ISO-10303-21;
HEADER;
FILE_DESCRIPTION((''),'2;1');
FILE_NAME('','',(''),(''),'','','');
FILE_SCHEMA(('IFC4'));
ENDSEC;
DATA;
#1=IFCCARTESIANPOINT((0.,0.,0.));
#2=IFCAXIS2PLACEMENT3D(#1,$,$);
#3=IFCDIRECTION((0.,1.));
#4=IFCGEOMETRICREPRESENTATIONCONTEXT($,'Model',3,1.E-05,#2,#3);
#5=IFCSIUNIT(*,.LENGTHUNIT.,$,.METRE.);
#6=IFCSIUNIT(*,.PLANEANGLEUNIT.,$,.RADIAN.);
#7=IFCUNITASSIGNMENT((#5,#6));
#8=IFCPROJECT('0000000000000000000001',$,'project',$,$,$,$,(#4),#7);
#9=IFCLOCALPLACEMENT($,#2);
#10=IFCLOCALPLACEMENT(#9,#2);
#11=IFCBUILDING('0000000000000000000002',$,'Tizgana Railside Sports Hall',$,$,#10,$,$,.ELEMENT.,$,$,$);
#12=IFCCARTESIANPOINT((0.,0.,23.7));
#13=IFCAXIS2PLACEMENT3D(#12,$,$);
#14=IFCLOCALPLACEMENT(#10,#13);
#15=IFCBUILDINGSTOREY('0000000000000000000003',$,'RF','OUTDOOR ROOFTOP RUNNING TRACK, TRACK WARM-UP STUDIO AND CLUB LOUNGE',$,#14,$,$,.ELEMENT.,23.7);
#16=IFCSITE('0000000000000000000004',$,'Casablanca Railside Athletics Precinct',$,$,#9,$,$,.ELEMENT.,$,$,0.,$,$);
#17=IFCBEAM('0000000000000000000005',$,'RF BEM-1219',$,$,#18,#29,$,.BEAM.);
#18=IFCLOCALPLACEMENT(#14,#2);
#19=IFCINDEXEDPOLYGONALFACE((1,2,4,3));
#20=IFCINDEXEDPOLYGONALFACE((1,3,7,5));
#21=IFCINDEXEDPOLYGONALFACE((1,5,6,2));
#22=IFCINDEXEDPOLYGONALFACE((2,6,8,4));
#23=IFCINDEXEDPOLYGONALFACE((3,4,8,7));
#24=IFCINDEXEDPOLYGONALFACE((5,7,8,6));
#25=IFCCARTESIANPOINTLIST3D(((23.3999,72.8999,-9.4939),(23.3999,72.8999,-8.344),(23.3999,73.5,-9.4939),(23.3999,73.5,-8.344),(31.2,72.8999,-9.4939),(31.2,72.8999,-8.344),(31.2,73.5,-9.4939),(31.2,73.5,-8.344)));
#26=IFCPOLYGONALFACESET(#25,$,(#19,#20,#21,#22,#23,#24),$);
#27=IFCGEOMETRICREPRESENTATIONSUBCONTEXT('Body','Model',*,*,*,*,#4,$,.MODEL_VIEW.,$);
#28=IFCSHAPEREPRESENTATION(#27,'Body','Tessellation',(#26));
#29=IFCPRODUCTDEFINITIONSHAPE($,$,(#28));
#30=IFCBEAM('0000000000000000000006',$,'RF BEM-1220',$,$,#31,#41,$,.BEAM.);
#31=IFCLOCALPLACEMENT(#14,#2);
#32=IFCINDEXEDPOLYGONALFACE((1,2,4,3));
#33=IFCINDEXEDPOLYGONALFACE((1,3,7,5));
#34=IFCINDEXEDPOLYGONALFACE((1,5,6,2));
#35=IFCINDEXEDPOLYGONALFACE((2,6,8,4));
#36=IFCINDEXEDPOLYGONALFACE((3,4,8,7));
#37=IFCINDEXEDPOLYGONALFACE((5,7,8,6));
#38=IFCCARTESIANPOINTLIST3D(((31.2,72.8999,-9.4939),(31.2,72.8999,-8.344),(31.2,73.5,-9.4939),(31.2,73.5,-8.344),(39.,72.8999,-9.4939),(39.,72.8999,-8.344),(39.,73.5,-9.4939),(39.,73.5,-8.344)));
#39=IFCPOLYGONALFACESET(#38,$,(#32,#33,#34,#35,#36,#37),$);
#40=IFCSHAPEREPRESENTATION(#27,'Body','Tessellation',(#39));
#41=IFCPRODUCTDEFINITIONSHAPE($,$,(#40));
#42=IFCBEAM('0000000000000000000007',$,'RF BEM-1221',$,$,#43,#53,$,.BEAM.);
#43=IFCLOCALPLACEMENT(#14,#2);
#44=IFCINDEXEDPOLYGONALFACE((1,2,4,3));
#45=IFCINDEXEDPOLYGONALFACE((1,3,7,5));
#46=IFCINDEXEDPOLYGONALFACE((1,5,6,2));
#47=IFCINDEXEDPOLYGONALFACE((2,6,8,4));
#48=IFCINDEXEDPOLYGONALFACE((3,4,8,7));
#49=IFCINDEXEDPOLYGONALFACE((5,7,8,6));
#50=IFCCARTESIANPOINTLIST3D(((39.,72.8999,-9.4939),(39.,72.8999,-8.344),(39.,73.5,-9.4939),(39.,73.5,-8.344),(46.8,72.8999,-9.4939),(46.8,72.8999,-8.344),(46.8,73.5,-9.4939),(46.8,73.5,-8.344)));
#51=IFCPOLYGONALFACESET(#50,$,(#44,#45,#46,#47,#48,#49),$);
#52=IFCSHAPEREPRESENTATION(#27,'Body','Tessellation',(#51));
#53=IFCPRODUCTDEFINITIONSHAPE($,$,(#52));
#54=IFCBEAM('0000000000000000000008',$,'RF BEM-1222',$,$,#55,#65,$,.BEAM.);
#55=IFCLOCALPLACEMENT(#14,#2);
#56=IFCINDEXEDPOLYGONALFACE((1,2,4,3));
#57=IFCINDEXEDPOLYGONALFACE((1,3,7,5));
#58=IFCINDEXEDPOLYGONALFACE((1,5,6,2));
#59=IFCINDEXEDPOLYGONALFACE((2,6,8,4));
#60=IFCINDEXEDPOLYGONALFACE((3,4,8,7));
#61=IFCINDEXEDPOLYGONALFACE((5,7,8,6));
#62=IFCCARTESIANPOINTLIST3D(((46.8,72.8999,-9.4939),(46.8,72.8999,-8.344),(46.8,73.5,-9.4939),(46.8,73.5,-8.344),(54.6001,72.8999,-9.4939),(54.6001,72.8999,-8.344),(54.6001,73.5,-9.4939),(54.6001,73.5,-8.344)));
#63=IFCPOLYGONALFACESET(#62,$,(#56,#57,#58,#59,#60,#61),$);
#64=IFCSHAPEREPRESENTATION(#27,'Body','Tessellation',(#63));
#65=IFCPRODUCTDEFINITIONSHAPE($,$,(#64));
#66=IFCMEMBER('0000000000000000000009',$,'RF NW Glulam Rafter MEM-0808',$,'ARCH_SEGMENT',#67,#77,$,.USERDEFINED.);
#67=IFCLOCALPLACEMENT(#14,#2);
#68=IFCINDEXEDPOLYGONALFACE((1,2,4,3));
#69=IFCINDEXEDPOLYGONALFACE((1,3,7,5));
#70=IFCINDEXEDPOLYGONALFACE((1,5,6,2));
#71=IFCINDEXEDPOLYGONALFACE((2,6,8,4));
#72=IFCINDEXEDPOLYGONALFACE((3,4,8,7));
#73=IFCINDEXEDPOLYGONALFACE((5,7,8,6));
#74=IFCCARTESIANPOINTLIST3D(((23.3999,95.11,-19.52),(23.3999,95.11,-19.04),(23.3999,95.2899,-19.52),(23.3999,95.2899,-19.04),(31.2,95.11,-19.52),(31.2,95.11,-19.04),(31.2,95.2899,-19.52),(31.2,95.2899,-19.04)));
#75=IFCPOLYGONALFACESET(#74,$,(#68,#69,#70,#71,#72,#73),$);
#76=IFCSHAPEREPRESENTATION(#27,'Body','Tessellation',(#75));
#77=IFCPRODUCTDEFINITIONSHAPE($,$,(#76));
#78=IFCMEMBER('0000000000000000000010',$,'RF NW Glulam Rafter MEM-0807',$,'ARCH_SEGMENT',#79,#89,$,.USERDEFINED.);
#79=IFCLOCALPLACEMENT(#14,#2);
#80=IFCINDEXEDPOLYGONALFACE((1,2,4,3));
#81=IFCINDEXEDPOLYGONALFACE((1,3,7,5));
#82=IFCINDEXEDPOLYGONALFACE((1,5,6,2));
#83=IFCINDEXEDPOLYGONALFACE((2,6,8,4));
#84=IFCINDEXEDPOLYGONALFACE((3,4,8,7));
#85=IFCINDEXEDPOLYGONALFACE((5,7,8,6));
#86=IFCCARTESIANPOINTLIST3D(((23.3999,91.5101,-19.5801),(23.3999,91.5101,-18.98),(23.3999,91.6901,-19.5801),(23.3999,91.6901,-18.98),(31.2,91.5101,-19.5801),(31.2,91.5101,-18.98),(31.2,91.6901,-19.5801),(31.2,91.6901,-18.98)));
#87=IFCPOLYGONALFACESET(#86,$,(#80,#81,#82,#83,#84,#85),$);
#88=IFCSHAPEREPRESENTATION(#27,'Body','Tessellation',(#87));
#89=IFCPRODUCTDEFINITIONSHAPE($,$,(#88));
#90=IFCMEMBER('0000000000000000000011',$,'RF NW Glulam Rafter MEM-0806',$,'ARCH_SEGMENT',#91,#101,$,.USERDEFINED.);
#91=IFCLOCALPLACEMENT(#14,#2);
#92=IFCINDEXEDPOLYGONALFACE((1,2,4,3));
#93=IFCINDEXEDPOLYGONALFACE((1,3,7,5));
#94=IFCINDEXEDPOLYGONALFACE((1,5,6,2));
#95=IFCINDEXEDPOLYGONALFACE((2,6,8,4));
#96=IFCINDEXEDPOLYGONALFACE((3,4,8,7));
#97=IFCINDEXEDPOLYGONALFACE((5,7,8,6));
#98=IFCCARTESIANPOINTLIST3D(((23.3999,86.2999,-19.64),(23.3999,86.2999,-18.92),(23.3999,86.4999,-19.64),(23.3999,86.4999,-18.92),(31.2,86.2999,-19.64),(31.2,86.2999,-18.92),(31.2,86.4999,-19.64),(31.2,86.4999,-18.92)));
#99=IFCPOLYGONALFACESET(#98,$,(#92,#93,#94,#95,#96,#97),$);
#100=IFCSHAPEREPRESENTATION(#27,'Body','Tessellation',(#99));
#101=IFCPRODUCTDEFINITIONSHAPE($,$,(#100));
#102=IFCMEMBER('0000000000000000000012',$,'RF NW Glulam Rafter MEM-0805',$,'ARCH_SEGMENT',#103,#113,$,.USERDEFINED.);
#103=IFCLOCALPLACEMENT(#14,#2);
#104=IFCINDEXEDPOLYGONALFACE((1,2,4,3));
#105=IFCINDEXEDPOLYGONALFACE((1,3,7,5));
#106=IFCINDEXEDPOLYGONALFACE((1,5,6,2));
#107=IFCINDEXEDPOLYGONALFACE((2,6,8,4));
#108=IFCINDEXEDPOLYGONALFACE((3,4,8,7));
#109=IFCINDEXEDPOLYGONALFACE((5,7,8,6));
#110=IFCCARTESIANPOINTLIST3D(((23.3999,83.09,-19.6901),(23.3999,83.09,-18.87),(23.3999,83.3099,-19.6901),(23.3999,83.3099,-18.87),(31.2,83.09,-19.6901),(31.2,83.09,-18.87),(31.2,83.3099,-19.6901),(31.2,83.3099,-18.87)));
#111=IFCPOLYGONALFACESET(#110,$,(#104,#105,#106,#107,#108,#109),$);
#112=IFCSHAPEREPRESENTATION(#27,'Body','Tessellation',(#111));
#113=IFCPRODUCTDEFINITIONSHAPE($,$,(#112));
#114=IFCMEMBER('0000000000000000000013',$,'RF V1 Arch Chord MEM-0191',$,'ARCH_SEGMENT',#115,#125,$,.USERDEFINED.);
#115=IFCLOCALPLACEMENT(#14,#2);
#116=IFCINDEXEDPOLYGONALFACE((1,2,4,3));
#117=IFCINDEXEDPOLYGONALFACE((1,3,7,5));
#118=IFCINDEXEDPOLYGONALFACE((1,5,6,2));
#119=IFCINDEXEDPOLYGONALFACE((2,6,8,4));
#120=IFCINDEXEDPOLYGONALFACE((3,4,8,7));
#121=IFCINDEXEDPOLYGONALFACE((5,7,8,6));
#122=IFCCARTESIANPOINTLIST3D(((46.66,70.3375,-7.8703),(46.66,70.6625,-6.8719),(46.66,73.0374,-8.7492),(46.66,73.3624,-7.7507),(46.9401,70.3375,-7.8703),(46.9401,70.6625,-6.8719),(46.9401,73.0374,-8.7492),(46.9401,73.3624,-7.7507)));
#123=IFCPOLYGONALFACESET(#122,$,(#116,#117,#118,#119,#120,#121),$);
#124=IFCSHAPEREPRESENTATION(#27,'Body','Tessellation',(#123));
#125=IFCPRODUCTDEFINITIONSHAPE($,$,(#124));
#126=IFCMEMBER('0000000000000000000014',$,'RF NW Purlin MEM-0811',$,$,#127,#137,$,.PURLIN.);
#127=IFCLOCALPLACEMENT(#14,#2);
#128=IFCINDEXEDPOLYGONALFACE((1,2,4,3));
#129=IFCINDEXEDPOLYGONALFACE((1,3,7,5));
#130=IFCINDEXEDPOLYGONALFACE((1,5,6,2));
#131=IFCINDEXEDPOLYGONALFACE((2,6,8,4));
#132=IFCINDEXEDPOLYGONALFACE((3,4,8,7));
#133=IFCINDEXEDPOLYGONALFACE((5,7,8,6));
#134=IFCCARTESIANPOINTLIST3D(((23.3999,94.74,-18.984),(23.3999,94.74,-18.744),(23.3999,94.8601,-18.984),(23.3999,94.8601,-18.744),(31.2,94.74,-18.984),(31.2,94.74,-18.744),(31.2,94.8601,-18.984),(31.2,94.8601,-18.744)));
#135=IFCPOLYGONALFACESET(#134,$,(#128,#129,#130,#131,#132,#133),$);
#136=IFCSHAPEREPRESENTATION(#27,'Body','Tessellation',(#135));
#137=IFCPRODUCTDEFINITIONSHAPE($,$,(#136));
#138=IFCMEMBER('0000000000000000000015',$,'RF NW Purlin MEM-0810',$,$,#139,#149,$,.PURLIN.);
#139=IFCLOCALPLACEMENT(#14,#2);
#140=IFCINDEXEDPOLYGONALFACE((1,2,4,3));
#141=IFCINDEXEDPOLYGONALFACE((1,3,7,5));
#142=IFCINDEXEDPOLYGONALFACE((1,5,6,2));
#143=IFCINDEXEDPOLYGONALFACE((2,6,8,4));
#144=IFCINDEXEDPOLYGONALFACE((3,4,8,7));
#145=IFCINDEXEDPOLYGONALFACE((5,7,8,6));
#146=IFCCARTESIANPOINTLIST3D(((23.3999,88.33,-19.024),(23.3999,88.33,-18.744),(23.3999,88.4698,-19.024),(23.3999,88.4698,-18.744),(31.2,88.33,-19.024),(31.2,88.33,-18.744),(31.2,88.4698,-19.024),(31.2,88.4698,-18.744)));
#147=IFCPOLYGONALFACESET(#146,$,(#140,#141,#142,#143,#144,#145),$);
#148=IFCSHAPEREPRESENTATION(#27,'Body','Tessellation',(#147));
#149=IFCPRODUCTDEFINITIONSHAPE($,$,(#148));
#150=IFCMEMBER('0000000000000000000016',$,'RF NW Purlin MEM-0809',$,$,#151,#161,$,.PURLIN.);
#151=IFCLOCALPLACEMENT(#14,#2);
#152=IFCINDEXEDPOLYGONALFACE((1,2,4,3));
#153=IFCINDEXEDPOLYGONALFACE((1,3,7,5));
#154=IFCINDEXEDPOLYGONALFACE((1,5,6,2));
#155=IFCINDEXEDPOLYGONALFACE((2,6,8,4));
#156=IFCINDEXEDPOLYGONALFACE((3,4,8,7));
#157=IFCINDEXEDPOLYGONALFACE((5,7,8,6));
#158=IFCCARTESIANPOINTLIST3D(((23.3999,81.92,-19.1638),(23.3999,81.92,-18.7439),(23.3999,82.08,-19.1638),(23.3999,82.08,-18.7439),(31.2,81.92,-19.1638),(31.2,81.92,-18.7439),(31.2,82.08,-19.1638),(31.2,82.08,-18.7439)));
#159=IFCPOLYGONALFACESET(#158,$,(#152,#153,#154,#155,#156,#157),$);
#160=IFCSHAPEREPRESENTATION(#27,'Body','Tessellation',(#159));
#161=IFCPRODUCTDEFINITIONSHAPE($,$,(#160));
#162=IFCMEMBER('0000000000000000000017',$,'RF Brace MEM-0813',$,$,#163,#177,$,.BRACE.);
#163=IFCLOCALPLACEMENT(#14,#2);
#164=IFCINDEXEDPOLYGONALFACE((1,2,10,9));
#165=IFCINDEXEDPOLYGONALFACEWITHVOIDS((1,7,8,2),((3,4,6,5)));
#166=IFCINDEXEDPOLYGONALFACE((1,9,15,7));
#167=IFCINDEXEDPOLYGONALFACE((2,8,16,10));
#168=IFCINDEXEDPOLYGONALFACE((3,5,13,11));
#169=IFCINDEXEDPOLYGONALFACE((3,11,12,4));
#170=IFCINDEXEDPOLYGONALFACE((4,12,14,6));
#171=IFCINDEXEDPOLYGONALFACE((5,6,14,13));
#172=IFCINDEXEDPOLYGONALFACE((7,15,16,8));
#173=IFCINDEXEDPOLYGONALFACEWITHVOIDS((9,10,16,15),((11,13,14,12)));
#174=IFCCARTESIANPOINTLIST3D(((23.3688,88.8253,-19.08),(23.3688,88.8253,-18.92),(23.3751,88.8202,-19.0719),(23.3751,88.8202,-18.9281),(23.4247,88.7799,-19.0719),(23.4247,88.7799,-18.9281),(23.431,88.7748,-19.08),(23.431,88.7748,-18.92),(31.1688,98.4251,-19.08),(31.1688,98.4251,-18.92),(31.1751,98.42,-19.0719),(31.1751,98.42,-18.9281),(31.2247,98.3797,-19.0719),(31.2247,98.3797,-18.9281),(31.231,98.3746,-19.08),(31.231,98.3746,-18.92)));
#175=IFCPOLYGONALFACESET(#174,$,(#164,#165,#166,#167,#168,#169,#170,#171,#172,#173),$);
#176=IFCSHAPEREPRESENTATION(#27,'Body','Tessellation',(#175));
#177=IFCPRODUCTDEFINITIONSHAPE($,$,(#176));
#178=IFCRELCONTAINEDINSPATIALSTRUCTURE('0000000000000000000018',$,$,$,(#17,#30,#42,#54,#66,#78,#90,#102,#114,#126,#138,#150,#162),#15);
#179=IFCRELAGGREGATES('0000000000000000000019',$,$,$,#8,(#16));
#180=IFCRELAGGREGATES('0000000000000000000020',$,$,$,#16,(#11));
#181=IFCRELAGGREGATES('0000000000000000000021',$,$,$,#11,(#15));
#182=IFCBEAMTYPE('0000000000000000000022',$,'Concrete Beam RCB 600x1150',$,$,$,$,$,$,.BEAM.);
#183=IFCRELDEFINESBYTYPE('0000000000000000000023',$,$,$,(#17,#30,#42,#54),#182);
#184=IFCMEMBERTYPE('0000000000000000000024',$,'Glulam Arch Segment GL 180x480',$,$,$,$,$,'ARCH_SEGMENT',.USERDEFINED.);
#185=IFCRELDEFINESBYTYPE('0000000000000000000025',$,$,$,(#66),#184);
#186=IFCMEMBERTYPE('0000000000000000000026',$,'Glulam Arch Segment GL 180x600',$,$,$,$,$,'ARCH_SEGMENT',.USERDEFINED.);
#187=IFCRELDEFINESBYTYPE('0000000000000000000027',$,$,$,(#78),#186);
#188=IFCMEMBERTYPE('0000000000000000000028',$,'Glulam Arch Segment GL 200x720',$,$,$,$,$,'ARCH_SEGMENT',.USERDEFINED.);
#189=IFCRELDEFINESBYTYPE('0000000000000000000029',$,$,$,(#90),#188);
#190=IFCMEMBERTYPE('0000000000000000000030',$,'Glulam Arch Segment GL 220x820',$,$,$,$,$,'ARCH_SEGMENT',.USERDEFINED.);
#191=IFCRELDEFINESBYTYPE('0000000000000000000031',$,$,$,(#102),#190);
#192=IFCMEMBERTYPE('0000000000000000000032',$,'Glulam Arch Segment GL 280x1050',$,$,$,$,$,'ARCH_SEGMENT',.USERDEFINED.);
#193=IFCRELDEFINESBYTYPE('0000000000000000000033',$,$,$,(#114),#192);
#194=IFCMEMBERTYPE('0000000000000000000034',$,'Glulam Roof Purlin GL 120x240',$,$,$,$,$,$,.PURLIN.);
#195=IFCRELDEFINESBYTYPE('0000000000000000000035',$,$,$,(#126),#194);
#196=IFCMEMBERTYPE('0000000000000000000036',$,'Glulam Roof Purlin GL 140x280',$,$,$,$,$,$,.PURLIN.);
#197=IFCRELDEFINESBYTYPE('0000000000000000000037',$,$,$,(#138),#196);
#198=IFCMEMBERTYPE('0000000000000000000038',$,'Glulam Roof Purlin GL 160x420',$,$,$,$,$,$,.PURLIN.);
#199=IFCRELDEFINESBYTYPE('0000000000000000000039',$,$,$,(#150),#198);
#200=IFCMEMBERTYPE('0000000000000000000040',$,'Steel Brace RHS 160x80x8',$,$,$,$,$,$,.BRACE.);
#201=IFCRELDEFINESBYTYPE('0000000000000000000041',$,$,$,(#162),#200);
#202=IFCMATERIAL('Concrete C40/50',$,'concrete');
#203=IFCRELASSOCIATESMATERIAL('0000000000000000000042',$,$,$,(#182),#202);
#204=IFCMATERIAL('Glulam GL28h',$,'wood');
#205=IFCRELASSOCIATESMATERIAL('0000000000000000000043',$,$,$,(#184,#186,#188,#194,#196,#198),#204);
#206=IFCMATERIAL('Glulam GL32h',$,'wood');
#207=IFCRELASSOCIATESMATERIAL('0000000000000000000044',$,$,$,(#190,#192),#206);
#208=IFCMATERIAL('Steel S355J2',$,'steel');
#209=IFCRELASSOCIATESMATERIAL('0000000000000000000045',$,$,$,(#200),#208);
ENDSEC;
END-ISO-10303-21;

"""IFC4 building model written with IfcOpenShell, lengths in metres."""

from ifc_helpers import new_model, si_unit, direction, frame, origin, origin_2d, place, context, subcontext, project, spatial, rectangle, hollow_rectangle, extrude, material, material_profile, profile_set, type_object, element, save


model = new_model("IFC4")

# Units and contexts
model_context = context("Model", 3, precision=1e-05, world=origin(), true_north=direction((0.0, 1.0)))
body_context = subcontext(model_context, "Body", "Model", "MODEL_VIEW")
ifc_project = project(units=[si_unit("LENGTHUNIT", "METRE"), si_unit("PLANEANGLEUNIT", "RADIAN")], contexts=[model_context])

# Site, building, storey
site_placement = place(None, origin())
site = spatial("IfcSite", under=ifc_project, at=site_placement, Name="Casablanca Railside Athletics Precinct", CompositionType="ELEMENT", RefElevation=0.0)
building_placement = place(site_placement, origin())
building = spatial("IfcBuilding", under=site, at=building_placement, Name="Tizgana Railside Sports Hall", CompositionType="ELEMENT")
storey_placement = place(building_placement, frame((0.0, 0.0, 23.7)))
storey = spatial("IfcBuildingStorey", under=building, at=storey_placement, Name="RF", Description="OUTDOOR ROOFTOP RUNNING TRACK, TRACK WARM-UP STUDIO AND CLUB LOUNGE", CompositionType="ELEMENT", Elevation=23.7)

# Beams
ifc_material_1 = material(Name="Concrete C40/50", Category="concrete")
ifc_material_profile_1 = material_profile(ifc_material_1, rectangle(XDim=0.6001, YDim=1.1499, at=origin_2d()), Name="RCB 600x1150")
ifc_profile_set_1 = profile_set([ifc_material_profile_1], Name="Concrete C40/50")
beam_type = type_object("IfcBeamType", Name="Concrete Beam RCB 600x1150", PredefinedType="BEAM", material=ifc_profile_set_1)
for number, where, z_axis, x_axis, name in (
    (1, (23.3999, 73.2, -8.9189), (1.0, 0.0, 0.0), (0.0, 1.0, 0.0), "RF BEM-1219"),
    (2, (31.2, 73.2, -8.9189), (1.0, 0.0, 0.0), (0.0, 1.0, 0.0), "RF BEM-1220"),
    (3, (39.0, 73.2, -8.9189), (1.0, 0.0, 0.0), (0.0, 1.0, 0.0), "RF BEM-1221"),
    (4, (46.8, 73.2, -8.9189), (1.0, 0.0, 0.0), (0.0, 1.0, 0.0), "RF BEM-1222"),
):
    element("IfcBeam", number, at=place(storey_placement, frame(where, z_axis=z_axis, x_axis=x_axis)), inside=storey, type_object=beam_type, Name=name, PredefinedType="BEAM", context=body_context, shape_type="SweptSolid", body=[
        extrude(rectangle(XDim=0.6001, YDim=1.1499, at=origin_2d()), origin(), (0.0, 0.0, 1.0), 7.8),
    ])

# Members
ifc_material_2 = material(Name="Glulam GL28h", Category="wood")
ifc_material_profile_2 = material_profile(ifc_material_2, rectangle(XDim=0.1799, YDim=0.48, at=origin_2d()), Name="GL 180x480")
ifc_profile_set_2 = profile_set([ifc_material_profile_2], Name="Glulam GL28h")
member_type_1 = type_object("IfcMemberType", Name="Glulam Arch Segment GL 180x480", ElementType="ARCH_SEGMENT", PredefinedType="USERDEFINED", material=ifc_profile_set_2)
member_1_placement = place(storey_placement, frame((23.3999, 95.2, -19.28), z_axis=(1.0, 0.0, 0.0), x_axis=(0.0, 1.0, 0.0)))
element("IfcMember", 5, at=member_1_placement, inside=storey, type_object=member_type_1, Name="RF NW Glulam Rafter MEM-0808", ObjectType="ARCH_SEGMENT", PredefinedType="USERDEFINED", context=body_context, shape_type="SweptSolid", body=[
    extrude(rectangle(XDim=0.1799, YDim=0.48, at=origin_2d()), origin(), (0.0, 0.0, 1.0), 7.8),
])
ifc_material_profile_3 = material_profile(ifc_material_2, rectangle(XDim=0.1799, YDim=0.6001, at=origin_2d()), Name="GL 180x600")
ifc_profile_set_3 = profile_set([ifc_material_profile_3], Name="Glulam GL28h")
member_type_2 = type_object("IfcMemberType", Name="Glulam Arch Segment GL 180x600", ElementType="ARCH_SEGMENT", PredefinedType="USERDEFINED", material=ifc_profile_set_3)
member_2_placement = place(storey_placement, frame((23.3999, 91.6001, -19.28), z_axis=(1.0, 0.0, 0.0), x_axis=(0.0, 1.0, 0.0)))
element("IfcMember", 6, at=member_2_placement, inside=storey, type_object=member_type_2, Name="RF NW Glulam Rafter MEM-0807", ObjectType="ARCH_SEGMENT", PredefinedType="USERDEFINED", context=body_context, shape_type="SweptSolid", body=[
    extrude(rectangle(XDim=0.1799, YDim=0.6001, at=origin_2d()), origin(), (0.0, 0.0, 1.0), 7.8),
])
ifc_material_profile_4 = material_profile(ifc_material_2, rectangle(XDim=0.2, YDim=0.72, at=origin_2d()), Name="GL 200x720")
ifc_profile_set_4 = profile_set([ifc_material_profile_4], Name="Glulam GL28h")
member_type_3 = type_object("IfcMemberType", Name="Glulam Arch Segment GL 200x720", ElementType="ARCH_SEGMENT", PredefinedType="USERDEFINED", material=ifc_profile_set_4)
member_3_placement = place(storey_placement, frame((23.3999, 86.3999, -19.28), z_axis=(1.0, 0.0, 0.0), x_axis=(0.0, 1.0, 0.0)))
element("IfcMember", 7, at=member_3_placement, inside=storey, type_object=member_type_3, Name="RF NW Glulam Rafter MEM-0806", ObjectType="ARCH_SEGMENT", PredefinedType="USERDEFINED", context=body_context, shape_type="SweptSolid", body=[
    extrude(rectangle(XDim=0.2, YDim=0.72, at=origin_2d()), origin(), (0.0, 0.0, 1.0), 7.8),
])
ifc_material_3 = material(Name="Glulam GL32h", Category="wood")
ifc_material_profile_5 = material_profile(ifc_material_3, rectangle(XDim=0.22, YDim=0.8201, at=origin_2d()), Name="GL 220x820")
ifc_profile_set_5 = profile_set([ifc_material_profile_5], Name="Glulam GL32h")
member_type_4 = type_object("IfcMemberType", Name="Glulam Arch Segment GL 220x820", ElementType="ARCH_SEGMENT", PredefinedType="USERDEFINED", material=ifc_profile_set_5)
member_4_placement = place(storey_placement, frame((23.3999, 83.2, -19.28), z_axis=(1.0, 0.0, 0.0), x_axis=(0.0, 1.0, 0.0)))
element("IfcMember", 8, at=member_4_placement, inside=storey, type_object=member_type_4, Name="RF NW Glulam Rafter MEM-0805", ObjectType="ARCH_SEGMENT", PredefinedType="USERDEFINED", context=body_context, shape_type="SweptSolid", body=[
    extrude(rectangle(XDim=0.22, YDim=0.8201, at=origin_2d()), origin(), (0.0, 0.0, 1.0), 7.8),
])
ifc_material_profile_6 = material_profile(ifc_material_3, rectangle(XDim=0.28, YDim=1.05, at=origin_2d()), Name="GL 280x1050")
ifc_profile_set_6 = profile_set([ifc_material_profile_6], Name="Glulam GL32h")
member_type_5 = type_object("IfcMemberType", Name="Glulam Arch Segment GL 280x1050", ElementType="ARCH_SEGMENT", PredefinedType="USERDEFINED", material=ifc_profile_set_6)
member_5_placement = place(storey_placement, frame((46.8, 70.5, -7.3711), z_axis=(0.0, 0.950887, -0.309539), x_axis=(-1.0, 0.0, 0.0)))
element("IfcMember", 9, at=member_5_placement, inside=storey, type_object=member_type_5, Name="RF V1 Arch Chord MEM-0191", ObjectType="ARCH_SEGMENT", PredefinedType="USERDEFINED", context=body_context, shape_type="SweptSolid", body=[
    extrude(rectangle(XDim=0.28, YDim=1.05, at=origin_2d()), origin(), (0.0, 0.0, 1.0), 2.8394),
])
ifc_material_profile_7 = material_profile(ifc_material_2, rectangle(XDim=0.1201, YDim=0.24, at=origin_2d()), Name="GL 120x240")
ifc_profile_set_7 = profile_set([ifc_material_profile_7], Name="Glulam GL28h")
member_type_6 = type_object("IfcMemberType", Name="Glulam Roof Purlin GL 120x240", PredefinedType="PURLIN", material=ifc_profile_set_7)
member_6_placement = place(storey_placement, frame((23.3999, 94.8, -18.864), z_axis=(1.0, 0.0, 0.0), x_axis=(0.0, 1.0, 0.0)))
element("IfcMember", 10, at=member_6_placement, inside=storey, type_object=member_type_6, Name="RF NW Purlin MEM-0811", PredefinedType="PURLIN", context=body_context, shape_type="SweptSolid", body=[
    extrude(rectangle(XDim=0.1201, YDim=0.24, at=origin_2d()), origin(), (0.0, 0.0, 1.0), 7.8),
])
ifc_material_profile_8 = material_profile(ifc_material_2, rectangle(XDim=0.1399, YDim=0.28, at=origin_2d()), Name="GL 140x280")
ifc_profile_set_8 = profile_set([ifc_material_profile_8], Name="Glulam GL28h")
member_type_7 = type_object("IfcMemberType", Name="Glulam Roof Purlin GL 140x280", PredefinedType="PURLIN", material=ifc_profile_set_8)
member_7_placement = place(storey_placement, frame((23.3999, 88.3999, -18.884), z_axis=(1.0, 0.0, 0.0), x_axis=(0.0, 1.0, 0.0)))
element("IfcMember", 11, at=member_7_placement, inside=storey, type_object=member_type_7, Name="RF NW Purlin MEM-0810", PredefinedType="PURLIN", context=body_context, shape_type="SweptSolid", body=[
    extrude(rectangle(XDim=0.1399, YDim=0.28, at=origin_2d()), origin(), (0.0, 0.0, 1.0), 7.8),
])
ifc_material_profile_9 = material_profile(ifc_material_2, rectangle(XDim=0.1599, YDim=0.4199, at=origin_2d()), Name="GL 160x420")
ifc_profile_set_9 = profile_set([ifc_material_profile_9], Name="Glulam GL28h")
member_type_8 = type_object("IfcMemberType", Name="Glulam Roof Purlin GL 160x420", PredefinedType="PURLIN", material=ifc_profile_set_9)
member_8_placement = place(storey_placement, frame((23.3999, 82.0, -18.9539), z_axis=(1.0, 0.0, 0.0), x_axis=(0.0, 1.0, 0.0)))
element("IfcMember", 12, at=member_8_placement, inside=storey, type_object=member_type_8, Name="RF NW Purlin MEM-0809", PredefinedType="PURLIN", context=body_context, shape_type="SweptSolid", body=[
    extrude(rectangle(XDim=0.1599, YDim=0.4199, at=origin_2d()), origin(), (0.0, 0.0, 1.0), 7.8),
])
ifc_material_4 = material(Name="Steel S355J2", Category="steel")
ifc_material_profile_10 = material_profile(ifc_material_4, hollow_rectangle(XDim=0.0801, YDim=0.1599, WallThickness=0.0081, at=origin_2d()), Name="RHS 160x80x8")
ifc_profile_set_10 = profile_set([ifc_material_profile_10], Name="Steel S355J2")
member_type_9 = type_object("IfcMemberType", Name="Steel Brace RHS 160x80x8", PredefinedType="BRACE", material=ifc_profile_set_10)
member_9_placement = place(storey_placement, frame((23.3999, 88.8, -19.0), z_axis=(0.630601, 0.776107, 0.0), x_axis=(-0.776107, 0.630601, 0.0)))
element("IfcMember", 13, at=member_9_placement, inside=storey, type_object=member_type_9, Name="RF Brace MEM-0813", PredefinedType="BRACE", context=body_context, shape_type="SweptSolid", body=[
    extrude(hollow_rectangle(XDim=0.0801, YDim=0.1599, WallThickness=0.0081, at=origin_2d()), origin(), (0.0, 0.0, 1.0), 12.3691),
])

save(model, "model.ifc")
